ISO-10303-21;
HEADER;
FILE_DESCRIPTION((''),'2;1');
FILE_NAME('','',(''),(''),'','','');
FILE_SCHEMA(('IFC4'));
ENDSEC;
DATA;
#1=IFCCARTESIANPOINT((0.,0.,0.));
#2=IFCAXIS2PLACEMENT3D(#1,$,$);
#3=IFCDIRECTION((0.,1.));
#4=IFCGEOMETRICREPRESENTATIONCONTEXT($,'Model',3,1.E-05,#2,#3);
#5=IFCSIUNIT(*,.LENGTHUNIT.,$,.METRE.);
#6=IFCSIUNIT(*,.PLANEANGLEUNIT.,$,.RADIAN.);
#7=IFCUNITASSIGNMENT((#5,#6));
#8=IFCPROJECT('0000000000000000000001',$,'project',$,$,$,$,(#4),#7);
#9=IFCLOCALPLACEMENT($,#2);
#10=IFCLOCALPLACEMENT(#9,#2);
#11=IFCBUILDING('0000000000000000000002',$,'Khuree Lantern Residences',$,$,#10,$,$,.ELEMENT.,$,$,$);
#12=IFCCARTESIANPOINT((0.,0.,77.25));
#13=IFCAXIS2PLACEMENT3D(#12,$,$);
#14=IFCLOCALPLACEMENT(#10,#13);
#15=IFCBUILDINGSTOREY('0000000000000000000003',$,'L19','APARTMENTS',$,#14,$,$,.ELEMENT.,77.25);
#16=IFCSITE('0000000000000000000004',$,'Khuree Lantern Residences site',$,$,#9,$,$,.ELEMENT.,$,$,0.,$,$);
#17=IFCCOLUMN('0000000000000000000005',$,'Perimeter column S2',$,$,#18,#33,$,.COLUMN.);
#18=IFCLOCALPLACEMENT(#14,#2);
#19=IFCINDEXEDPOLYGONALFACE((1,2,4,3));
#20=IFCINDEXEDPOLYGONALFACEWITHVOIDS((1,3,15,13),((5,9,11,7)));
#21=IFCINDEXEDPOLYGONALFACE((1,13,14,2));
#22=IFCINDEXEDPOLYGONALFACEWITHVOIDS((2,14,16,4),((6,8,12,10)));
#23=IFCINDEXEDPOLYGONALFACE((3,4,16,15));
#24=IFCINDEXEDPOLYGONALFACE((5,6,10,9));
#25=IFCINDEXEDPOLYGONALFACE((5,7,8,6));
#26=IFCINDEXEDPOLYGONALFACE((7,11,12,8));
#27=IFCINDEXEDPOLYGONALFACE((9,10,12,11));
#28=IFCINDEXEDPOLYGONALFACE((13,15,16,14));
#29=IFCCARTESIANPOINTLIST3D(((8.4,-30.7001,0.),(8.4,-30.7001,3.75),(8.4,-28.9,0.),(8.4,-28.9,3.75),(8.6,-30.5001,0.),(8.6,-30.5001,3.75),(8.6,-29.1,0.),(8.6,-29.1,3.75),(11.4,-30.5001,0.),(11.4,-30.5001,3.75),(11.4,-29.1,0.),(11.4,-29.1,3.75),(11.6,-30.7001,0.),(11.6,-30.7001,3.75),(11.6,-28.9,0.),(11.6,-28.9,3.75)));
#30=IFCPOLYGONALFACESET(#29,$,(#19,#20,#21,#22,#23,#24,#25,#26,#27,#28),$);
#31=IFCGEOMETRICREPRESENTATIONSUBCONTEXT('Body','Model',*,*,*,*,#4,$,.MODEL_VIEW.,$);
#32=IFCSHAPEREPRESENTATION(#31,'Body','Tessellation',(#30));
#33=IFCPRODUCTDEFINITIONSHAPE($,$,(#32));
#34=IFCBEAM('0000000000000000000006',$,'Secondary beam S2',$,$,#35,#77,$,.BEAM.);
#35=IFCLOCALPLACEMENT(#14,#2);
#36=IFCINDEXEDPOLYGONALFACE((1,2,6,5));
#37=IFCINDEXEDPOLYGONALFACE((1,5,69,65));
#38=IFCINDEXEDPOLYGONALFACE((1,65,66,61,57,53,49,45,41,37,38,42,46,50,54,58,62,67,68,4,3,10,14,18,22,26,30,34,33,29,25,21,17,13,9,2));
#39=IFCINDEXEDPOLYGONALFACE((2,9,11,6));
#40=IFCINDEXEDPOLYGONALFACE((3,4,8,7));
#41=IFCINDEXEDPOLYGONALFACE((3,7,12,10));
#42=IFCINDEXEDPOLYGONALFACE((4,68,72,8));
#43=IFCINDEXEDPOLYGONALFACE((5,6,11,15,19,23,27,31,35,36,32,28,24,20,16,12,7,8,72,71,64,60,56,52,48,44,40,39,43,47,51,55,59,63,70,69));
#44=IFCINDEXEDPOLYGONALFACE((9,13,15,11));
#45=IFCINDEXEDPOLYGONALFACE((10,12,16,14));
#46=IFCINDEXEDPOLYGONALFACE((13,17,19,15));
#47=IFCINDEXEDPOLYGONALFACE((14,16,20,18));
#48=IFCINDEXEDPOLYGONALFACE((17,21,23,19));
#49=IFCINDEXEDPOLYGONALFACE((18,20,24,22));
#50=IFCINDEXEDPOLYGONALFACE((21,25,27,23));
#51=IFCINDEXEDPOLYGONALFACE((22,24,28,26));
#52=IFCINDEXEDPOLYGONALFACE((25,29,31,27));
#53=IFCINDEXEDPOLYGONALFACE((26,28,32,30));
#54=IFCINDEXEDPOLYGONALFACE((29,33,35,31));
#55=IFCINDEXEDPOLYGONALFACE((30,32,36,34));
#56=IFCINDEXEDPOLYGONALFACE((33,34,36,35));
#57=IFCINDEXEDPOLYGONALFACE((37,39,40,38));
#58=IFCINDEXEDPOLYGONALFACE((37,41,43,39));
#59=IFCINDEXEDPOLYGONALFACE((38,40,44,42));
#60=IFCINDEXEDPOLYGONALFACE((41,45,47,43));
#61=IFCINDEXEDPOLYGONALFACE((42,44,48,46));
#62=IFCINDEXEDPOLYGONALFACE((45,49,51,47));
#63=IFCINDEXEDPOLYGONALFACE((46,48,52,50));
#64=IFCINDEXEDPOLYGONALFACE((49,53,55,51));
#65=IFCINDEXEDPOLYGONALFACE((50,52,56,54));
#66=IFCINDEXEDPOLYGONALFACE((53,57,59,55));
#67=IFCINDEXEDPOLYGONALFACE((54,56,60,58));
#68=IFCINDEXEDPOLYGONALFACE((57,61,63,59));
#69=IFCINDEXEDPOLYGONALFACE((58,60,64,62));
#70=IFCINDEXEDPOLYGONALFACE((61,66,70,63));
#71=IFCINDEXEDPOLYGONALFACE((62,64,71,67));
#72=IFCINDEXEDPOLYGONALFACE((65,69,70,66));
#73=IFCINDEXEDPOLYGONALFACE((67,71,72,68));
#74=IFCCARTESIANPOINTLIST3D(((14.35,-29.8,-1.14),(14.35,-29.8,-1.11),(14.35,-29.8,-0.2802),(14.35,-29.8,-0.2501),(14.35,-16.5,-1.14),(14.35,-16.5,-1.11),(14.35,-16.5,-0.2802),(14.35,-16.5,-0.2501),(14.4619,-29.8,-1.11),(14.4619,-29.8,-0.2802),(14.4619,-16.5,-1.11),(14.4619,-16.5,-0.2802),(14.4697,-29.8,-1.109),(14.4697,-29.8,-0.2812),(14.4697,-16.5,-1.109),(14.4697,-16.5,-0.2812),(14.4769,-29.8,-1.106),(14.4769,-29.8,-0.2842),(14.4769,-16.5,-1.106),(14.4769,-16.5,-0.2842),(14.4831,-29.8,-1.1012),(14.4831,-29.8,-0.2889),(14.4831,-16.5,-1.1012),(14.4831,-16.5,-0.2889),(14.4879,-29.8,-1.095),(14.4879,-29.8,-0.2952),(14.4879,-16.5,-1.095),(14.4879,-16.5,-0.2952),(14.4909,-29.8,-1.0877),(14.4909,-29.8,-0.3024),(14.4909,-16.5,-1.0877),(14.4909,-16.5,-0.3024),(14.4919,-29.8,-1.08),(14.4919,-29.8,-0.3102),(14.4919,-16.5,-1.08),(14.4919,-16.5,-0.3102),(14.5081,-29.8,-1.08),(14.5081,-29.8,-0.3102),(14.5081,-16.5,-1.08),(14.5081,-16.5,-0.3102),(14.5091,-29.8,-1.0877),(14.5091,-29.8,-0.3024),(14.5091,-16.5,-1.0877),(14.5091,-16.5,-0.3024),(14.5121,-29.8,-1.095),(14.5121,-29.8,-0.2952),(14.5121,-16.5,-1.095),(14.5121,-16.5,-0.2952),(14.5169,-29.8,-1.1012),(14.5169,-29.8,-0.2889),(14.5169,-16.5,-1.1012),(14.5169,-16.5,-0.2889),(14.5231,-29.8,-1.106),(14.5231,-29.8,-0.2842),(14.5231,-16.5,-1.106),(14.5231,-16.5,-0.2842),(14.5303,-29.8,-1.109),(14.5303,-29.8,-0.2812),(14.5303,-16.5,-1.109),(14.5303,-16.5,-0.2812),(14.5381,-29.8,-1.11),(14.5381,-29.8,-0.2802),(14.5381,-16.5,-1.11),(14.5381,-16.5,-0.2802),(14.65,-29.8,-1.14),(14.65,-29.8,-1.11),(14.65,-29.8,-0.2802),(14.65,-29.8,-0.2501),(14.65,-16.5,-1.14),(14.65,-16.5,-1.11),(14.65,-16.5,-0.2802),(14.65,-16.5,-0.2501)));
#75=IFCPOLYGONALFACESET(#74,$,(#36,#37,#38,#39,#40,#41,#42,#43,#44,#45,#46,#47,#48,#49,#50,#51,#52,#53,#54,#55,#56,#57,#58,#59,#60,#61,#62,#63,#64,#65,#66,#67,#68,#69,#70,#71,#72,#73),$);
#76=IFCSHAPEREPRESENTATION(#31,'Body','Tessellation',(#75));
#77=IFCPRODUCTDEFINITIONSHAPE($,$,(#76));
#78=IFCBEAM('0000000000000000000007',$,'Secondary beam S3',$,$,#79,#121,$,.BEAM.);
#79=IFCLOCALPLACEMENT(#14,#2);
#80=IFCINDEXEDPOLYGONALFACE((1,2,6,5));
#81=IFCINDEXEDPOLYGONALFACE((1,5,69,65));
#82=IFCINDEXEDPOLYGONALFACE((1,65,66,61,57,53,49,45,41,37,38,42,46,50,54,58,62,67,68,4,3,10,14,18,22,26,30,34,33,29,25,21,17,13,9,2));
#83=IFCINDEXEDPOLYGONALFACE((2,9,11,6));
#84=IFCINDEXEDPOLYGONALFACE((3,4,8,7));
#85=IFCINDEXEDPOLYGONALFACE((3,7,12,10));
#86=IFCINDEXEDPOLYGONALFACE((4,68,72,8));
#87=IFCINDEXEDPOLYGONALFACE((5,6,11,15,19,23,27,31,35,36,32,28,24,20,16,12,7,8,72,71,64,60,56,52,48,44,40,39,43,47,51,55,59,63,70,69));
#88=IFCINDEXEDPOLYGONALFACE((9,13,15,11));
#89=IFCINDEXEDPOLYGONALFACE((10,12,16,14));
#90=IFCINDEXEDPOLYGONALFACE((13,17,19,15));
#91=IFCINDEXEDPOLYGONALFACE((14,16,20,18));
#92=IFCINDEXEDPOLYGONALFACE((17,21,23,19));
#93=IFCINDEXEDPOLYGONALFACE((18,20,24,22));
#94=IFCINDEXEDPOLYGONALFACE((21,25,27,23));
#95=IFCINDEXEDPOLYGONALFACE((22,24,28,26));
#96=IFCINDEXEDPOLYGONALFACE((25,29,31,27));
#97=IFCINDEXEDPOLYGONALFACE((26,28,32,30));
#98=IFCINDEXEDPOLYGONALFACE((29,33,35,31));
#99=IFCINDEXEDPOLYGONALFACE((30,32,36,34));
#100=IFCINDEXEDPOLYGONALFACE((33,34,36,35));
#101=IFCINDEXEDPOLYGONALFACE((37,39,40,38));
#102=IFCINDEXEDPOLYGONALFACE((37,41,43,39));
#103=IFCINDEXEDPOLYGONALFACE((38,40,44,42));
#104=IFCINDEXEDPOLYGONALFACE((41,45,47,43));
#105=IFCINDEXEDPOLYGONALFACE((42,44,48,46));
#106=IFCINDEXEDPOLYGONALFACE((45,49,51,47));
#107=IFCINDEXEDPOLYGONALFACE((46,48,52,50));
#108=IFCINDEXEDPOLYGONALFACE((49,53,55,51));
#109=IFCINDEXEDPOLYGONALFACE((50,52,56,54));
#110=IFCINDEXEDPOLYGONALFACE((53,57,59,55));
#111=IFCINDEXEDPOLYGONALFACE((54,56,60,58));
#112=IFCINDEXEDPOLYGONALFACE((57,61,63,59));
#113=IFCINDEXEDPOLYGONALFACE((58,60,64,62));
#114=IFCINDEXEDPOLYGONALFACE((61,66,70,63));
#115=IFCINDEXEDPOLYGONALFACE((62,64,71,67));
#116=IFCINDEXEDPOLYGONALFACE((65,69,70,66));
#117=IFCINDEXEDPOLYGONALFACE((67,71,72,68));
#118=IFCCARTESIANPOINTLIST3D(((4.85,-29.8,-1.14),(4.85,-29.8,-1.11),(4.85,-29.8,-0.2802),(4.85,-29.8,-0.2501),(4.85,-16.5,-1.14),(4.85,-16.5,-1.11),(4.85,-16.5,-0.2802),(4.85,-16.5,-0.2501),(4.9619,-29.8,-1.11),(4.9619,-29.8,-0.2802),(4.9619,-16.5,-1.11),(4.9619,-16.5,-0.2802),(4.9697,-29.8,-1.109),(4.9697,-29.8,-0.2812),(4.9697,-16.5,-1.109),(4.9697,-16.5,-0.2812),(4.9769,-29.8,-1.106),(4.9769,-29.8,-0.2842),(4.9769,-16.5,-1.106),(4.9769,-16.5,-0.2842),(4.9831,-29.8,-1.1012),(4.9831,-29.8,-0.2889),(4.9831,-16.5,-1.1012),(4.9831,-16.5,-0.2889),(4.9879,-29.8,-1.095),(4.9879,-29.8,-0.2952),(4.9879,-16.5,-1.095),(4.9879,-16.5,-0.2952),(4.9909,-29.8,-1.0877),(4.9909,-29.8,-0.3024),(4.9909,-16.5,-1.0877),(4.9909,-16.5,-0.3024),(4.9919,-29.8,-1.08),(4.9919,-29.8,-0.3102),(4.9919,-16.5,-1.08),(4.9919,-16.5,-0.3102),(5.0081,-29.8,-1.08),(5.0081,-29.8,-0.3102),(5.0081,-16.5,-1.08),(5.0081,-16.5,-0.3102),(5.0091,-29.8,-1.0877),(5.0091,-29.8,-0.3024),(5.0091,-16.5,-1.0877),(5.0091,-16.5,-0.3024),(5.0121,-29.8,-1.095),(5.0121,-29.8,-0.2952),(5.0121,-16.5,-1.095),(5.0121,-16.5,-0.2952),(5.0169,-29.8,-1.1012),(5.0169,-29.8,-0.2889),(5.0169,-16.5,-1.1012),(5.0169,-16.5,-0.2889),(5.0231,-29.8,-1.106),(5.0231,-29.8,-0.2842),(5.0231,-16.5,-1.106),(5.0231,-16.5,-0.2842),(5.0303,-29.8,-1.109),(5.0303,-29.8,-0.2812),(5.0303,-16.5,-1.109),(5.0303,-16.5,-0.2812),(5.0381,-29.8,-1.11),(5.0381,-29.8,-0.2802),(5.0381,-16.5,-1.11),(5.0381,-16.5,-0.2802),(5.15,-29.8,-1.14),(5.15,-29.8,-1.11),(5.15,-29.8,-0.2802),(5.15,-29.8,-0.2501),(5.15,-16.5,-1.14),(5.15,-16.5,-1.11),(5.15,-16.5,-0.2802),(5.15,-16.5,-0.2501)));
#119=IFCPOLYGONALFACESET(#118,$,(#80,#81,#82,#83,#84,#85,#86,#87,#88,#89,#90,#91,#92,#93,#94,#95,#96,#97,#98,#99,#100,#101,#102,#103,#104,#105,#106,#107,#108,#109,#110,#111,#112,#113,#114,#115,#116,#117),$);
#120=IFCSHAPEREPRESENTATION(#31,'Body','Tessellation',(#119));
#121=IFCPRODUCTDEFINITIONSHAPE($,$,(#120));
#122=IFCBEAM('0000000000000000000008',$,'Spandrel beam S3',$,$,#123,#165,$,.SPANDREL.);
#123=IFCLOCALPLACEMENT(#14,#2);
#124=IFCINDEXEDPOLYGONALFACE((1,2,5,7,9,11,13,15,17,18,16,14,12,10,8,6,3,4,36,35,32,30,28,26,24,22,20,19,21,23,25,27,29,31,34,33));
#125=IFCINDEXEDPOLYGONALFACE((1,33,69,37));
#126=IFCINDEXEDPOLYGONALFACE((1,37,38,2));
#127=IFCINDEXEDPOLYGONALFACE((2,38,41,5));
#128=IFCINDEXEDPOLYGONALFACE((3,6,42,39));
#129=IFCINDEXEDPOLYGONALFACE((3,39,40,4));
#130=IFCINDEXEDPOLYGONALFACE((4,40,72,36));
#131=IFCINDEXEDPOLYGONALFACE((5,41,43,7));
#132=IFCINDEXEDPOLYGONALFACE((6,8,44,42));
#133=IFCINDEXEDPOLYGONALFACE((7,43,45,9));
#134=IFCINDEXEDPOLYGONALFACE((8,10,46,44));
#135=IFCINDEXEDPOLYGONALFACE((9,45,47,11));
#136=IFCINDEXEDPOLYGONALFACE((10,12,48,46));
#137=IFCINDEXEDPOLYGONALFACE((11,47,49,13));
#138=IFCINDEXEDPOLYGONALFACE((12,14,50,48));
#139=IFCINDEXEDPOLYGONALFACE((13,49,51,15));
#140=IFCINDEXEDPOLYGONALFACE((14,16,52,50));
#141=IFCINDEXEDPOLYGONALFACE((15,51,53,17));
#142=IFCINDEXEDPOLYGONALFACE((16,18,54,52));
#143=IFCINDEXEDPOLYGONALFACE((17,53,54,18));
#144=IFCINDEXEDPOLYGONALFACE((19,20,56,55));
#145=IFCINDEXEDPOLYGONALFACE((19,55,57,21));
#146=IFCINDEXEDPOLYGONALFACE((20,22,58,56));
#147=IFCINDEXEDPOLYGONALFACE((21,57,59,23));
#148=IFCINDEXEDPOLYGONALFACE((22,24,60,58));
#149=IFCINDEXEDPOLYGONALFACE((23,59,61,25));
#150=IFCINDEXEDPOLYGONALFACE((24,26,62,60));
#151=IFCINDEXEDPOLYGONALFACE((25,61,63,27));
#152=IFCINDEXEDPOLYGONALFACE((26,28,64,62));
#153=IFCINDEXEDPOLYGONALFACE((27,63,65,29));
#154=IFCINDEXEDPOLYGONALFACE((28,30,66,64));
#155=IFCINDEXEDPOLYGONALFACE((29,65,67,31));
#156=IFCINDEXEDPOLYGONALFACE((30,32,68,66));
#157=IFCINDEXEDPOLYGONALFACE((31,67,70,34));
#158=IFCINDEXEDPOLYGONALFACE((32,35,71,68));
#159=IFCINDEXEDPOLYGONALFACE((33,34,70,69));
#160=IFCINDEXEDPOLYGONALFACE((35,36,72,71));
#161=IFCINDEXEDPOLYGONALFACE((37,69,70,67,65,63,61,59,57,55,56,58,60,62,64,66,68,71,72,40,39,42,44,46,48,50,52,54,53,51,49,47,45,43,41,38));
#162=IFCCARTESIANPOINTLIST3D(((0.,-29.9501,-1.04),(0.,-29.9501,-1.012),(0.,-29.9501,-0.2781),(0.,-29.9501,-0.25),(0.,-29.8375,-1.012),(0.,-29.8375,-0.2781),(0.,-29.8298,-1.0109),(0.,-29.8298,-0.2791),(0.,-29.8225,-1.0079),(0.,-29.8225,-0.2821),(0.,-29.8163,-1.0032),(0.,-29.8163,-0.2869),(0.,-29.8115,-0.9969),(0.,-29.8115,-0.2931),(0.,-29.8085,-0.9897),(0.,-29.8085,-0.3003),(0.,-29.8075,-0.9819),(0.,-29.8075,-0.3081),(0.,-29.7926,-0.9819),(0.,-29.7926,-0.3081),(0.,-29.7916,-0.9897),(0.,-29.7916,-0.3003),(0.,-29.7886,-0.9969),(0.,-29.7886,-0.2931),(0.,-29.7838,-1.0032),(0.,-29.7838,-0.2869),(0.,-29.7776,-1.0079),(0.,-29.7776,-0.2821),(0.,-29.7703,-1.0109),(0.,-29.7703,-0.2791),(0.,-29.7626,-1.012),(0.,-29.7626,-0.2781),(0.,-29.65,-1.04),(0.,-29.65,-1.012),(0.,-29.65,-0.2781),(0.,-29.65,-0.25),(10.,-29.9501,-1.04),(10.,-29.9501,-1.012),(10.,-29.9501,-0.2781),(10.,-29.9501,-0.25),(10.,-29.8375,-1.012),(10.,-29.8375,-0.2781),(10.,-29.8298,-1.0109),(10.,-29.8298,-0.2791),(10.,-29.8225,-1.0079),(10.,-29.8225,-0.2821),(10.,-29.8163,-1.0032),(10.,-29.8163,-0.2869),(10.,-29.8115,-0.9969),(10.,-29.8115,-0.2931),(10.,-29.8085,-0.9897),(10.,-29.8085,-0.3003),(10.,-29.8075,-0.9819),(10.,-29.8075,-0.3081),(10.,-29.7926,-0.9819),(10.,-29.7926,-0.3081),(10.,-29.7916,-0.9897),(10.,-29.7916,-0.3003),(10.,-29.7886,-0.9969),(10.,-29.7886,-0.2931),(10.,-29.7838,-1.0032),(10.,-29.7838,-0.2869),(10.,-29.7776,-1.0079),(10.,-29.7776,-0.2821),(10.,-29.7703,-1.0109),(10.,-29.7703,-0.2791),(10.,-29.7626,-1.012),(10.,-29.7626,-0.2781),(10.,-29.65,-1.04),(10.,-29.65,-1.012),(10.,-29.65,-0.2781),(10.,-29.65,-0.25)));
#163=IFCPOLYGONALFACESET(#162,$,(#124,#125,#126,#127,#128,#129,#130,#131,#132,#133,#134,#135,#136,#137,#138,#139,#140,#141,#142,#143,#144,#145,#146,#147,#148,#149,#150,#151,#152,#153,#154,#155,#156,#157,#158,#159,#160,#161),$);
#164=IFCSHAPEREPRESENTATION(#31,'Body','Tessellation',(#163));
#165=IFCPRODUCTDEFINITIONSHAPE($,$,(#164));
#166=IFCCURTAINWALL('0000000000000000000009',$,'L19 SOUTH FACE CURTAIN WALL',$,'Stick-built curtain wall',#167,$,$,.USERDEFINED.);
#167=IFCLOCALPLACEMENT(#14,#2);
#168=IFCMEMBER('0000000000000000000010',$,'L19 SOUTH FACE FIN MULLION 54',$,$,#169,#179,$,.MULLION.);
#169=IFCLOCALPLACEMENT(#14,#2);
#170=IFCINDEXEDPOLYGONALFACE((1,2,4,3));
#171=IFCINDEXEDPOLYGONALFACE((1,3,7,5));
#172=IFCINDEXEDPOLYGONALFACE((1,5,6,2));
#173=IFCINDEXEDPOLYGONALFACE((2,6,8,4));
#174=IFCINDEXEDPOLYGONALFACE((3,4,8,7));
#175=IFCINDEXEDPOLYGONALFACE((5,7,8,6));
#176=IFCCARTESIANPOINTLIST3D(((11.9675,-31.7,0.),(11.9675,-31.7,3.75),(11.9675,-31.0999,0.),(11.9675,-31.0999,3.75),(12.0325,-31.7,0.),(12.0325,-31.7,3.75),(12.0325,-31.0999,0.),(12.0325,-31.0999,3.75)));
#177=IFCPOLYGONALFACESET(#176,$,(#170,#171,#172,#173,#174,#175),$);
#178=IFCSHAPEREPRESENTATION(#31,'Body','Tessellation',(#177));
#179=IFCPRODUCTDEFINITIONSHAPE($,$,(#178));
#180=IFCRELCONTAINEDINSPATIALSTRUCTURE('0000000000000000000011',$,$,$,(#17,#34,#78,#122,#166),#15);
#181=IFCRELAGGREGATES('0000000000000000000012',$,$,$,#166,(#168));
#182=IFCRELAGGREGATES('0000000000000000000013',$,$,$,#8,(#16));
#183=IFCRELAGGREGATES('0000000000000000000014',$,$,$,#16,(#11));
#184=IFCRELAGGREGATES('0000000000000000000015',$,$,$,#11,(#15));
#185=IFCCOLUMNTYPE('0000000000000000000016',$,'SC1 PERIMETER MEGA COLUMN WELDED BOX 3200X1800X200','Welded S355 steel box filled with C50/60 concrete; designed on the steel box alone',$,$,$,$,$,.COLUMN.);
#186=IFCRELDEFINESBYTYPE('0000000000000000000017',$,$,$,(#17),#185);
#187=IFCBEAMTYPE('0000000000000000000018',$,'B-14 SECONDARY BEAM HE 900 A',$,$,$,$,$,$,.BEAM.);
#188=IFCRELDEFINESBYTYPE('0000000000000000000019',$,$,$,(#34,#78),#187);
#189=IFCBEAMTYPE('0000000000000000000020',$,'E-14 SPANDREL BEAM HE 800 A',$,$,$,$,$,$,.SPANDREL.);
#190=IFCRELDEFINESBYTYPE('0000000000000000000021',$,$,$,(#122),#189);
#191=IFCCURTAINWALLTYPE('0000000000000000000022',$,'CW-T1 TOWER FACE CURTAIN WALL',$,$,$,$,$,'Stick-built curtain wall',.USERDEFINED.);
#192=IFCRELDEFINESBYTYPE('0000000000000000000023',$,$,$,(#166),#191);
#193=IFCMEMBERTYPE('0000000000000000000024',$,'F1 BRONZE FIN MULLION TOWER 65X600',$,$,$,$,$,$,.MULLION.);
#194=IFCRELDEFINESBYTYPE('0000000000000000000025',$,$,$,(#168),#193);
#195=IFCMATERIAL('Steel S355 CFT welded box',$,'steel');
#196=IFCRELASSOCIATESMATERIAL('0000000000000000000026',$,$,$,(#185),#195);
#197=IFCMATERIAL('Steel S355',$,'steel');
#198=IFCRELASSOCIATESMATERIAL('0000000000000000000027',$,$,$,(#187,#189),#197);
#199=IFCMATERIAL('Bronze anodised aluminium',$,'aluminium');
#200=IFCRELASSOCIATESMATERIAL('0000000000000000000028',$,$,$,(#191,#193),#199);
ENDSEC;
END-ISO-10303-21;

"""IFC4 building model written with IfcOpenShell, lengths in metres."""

from ifc_helpers import new_model, si_unit, direction, frame, origin, origin_2d, place, context, subcontext, project, spatial, rectangle, hollow_rectangle, i_section, extrude, material, material_profile, profile_set, type_object, element, aggregate, save


model = new_model("IFC4")

# Units and contexts
model_context = context("Model", 3, precision=1e-05, world=origin(), true_north=direction((0.0, 1.0)))
body_context = subcontext(model_context, "Body", "Model", "MODEL_VIEW")
ifc_project = project(units=[si_unit("LENGTHUNIT", "METRE"), si_unit("PLANEANGLEUNIT", "RADIAN")], contexts=[model_context])

# Site, building, storey
site_placement = place(None, origin())
site = spatial("IfcSite", under=ifc_project, at=site_placement, Name="Khuree Lantern Residences site", CompositionType="ELEMENT", RefElevation=0.0)
building_placement = place(site_placement, origin())
building = spatial("IfcBuilding", under=site, at=building_placement, Name="Khuree Lantern Residences", CompositionType="ELEMENT")
storey_placement = place(building_placement, frame((0.0, 0.0, 77.25)))
storey = spatial("IfcBuildingStorey", under=building, at=storey_placement, Name="L19", Description="APARTMENTS", CompositionType="ELEMENT", Elevation=77.25)

# Column
ifc_material_1 = material(Name="Steel S355 CFT welded box", Category="steel")
ifc_material_profile_1 = material_profile(ifc_material_1, hollow_rectangle(XDim=3.2, YDim=1.8, WallThickness=0.2, at=origin_2d()), Name="WELDED BOX 3200X1800X200")
ifc_profile_set_1 = profile_set([ifc_material_profile_1], Name="Steel S355 CFT welded box")
column_type = type_object("IfcColumnType", Name="SC1 PERIMETER MEGA COLUMN WELDED BOX 3200X1800X200", Description="Welded S355 steel box filled with C50/60 concrete; designed on the steel box alone", PredefinedType="COLUMN", material=ifc_profile_set_1)
column_placement = place(storey_placement, frame((10.0, -29.8, 0.0), z_axis=(0.0, 0.0, 1.0), x_axis=(1.0, 0.0, 0.0)))
element("IfcColumn", 1, at=column_placement, inside=storey, type_object=column_type, Name="Perimeter column S2", PredefinedType="COLUMN", context=body_context, shape_type="SweptSolid", body=[
    extrude(hollow_rectangle(XDim=3.2, YDim=1.8, WallThickness=0.2, at=origin_2d()), origin(), (0.0, 0.0, 1.0), 3.75),
])

# Beams
ifc_material_2 = material(Name="Steel S355", Category="steel")
ifc_material_profile_2 = material_profile(ifc_material_2, i_section(OverallWidth=0.3, OverallDepth=0.8899, WebThickness=0.0161, FlangeThickness=0.03, FilletRadius=0.03, at=origin_2d()), Name="HE 900 A")
ifc_profile_set_2 = profile_set([ifc_material_profile_2], Name="Steel S355")
beam_type_1 = type_object("IfcBeamType", Name="B-14 SECONDARY BEAM HE 900 A", PredefinedType="BEAM", material=ifc_profile_set_2)
for number, where, z_axis, x_axis, name in (
    (2, (14.5, -29.8, -0.6951), (0.0, 1.0, 0.0), (-1.0, 0.0, 0.0), "Secondary beam S2"),
    (3, (5.0, -29.8, -0.6951), (0.0, 1.0, 0.0), (-1.0, 0.0, 0.0), "Secondary beam S3"),
):
    element("IfcBeam", number, at=place(storey_placement, frame(where, z_axis=z_axis, x_axis=x_axis)), inside=storey, type_object=beam_type_1, Name=name, PredefinedType="BEAM", context=body_context, shape_type="SweptSolid", body=[
        extrude(i_section(OverallWidth=0.3, OverallDepth=0.8899, WebThickness=0.0161, FlangeThickness=0.03, FilletRadius=0.03, at=origin_2d()), origin(), (0.0, 0.0, 1.0), 13.3),
    ])
ifc_material_profile_3 = material_profile(ifc_material_2, i_section(OverallWidth=0.3, OverallDepth=0.79, WebThickness=0.0149, FlangeThickness=0.0281, FilletRadius=0.03, at=origin_2d()), Name="HE 800 A")
ifc_profile_set_3 = profile_set([ifc_material_profile_3], Name="Steel S355")
beam_type_2 = type_object("IfcBeamType", Name="E-14 SPANDREL BEAM HE 800 A", PredefinedType="SPANDREL", material=ifc_profile_set_3)
beam_1_placement = place(storey_placement, frame((10.0, -29.8, -0.645), z_axis=(-1.0, 0.0, 0.0), x_axis=(0.0, -1.0, 0.0)))
element("IfcBeam", 4, at=beam_1_placement, inside=storey, type_object=beam_type_2, Name="Spandrel beam S3", PredefinedType="SPANDREL", context=body_context, shape_type="SweptSolid", body=[
    extrude(i_section(OverallWidth=0.3, OverallDepth=0.79, WebThickness=0.0149, FlangeThickness=0.0281, FilletRadius=0.03, at=origin_2d()), origin(), (0.0, 0.0, 1.0), 10.0),
])

# Curtain wall, member
ifc_material_3 = material(Name="Bronze anodised aluminium", Category="aluminium")
curtain_wall_type = type_object("IfcCurtainWallType", Name="CW-T1 TOWER FACE CURTAIN WALL", ElementType="Stick-built curtain wall", PredefinedType="USERDEFINED", material=ifc_material_3)
curtain_wall_placement = place(storey_placement, origin())
curtain_wall = element("IfcCurtainWall", 5, at=curtain_wall_placement, inside=storey, type_object=curtain_wall_type, Name="L19 SOUTH FACE CURTAIN WALL", ObjectType="Stick-built curtain wall", PredefinedType="USERDEFINED")
ifc_material_profile_4 = material_profile(ifc_material_3, rectangle(XDim=0.0649, YDim=0.6001, at=origin_2d()), Name="F1 65X600")
ifc_profile_set_4 = profile_set([ifc_material_profile_4], Name="Bronze anodised aluminium")
member_type_1 = type_object("IfcMemberType", Name="F1 BRONZE FIN MULLION TOWER 65X600", PredefinedType="MULLION", material=ifc_profile_set_4)
member_1_placement = place(storey_placement, frame((12.0, -31.3999, 0.0), z_axis=(0.0, 0.0, 1.0), x_axis=(1.0, 0.0, 0.0)))
member_1 = element("IfcMember", 6, at=member_1_placement, type_object=member_type_1, Name="L19 SOUTH FACE FIN MULLION 54", PredefinedType="MULLION", context=body_context, shape_type="SweptSolid", body=[
    extrude(rectangle(XDim=0.0649, YDim=0.6001, at=origin_2d()), origin(), (0.0, 0.0, 1.0), 3.75),
])

aggregate(curtain_wall, [member_1])

save(model, "model.ifc")
